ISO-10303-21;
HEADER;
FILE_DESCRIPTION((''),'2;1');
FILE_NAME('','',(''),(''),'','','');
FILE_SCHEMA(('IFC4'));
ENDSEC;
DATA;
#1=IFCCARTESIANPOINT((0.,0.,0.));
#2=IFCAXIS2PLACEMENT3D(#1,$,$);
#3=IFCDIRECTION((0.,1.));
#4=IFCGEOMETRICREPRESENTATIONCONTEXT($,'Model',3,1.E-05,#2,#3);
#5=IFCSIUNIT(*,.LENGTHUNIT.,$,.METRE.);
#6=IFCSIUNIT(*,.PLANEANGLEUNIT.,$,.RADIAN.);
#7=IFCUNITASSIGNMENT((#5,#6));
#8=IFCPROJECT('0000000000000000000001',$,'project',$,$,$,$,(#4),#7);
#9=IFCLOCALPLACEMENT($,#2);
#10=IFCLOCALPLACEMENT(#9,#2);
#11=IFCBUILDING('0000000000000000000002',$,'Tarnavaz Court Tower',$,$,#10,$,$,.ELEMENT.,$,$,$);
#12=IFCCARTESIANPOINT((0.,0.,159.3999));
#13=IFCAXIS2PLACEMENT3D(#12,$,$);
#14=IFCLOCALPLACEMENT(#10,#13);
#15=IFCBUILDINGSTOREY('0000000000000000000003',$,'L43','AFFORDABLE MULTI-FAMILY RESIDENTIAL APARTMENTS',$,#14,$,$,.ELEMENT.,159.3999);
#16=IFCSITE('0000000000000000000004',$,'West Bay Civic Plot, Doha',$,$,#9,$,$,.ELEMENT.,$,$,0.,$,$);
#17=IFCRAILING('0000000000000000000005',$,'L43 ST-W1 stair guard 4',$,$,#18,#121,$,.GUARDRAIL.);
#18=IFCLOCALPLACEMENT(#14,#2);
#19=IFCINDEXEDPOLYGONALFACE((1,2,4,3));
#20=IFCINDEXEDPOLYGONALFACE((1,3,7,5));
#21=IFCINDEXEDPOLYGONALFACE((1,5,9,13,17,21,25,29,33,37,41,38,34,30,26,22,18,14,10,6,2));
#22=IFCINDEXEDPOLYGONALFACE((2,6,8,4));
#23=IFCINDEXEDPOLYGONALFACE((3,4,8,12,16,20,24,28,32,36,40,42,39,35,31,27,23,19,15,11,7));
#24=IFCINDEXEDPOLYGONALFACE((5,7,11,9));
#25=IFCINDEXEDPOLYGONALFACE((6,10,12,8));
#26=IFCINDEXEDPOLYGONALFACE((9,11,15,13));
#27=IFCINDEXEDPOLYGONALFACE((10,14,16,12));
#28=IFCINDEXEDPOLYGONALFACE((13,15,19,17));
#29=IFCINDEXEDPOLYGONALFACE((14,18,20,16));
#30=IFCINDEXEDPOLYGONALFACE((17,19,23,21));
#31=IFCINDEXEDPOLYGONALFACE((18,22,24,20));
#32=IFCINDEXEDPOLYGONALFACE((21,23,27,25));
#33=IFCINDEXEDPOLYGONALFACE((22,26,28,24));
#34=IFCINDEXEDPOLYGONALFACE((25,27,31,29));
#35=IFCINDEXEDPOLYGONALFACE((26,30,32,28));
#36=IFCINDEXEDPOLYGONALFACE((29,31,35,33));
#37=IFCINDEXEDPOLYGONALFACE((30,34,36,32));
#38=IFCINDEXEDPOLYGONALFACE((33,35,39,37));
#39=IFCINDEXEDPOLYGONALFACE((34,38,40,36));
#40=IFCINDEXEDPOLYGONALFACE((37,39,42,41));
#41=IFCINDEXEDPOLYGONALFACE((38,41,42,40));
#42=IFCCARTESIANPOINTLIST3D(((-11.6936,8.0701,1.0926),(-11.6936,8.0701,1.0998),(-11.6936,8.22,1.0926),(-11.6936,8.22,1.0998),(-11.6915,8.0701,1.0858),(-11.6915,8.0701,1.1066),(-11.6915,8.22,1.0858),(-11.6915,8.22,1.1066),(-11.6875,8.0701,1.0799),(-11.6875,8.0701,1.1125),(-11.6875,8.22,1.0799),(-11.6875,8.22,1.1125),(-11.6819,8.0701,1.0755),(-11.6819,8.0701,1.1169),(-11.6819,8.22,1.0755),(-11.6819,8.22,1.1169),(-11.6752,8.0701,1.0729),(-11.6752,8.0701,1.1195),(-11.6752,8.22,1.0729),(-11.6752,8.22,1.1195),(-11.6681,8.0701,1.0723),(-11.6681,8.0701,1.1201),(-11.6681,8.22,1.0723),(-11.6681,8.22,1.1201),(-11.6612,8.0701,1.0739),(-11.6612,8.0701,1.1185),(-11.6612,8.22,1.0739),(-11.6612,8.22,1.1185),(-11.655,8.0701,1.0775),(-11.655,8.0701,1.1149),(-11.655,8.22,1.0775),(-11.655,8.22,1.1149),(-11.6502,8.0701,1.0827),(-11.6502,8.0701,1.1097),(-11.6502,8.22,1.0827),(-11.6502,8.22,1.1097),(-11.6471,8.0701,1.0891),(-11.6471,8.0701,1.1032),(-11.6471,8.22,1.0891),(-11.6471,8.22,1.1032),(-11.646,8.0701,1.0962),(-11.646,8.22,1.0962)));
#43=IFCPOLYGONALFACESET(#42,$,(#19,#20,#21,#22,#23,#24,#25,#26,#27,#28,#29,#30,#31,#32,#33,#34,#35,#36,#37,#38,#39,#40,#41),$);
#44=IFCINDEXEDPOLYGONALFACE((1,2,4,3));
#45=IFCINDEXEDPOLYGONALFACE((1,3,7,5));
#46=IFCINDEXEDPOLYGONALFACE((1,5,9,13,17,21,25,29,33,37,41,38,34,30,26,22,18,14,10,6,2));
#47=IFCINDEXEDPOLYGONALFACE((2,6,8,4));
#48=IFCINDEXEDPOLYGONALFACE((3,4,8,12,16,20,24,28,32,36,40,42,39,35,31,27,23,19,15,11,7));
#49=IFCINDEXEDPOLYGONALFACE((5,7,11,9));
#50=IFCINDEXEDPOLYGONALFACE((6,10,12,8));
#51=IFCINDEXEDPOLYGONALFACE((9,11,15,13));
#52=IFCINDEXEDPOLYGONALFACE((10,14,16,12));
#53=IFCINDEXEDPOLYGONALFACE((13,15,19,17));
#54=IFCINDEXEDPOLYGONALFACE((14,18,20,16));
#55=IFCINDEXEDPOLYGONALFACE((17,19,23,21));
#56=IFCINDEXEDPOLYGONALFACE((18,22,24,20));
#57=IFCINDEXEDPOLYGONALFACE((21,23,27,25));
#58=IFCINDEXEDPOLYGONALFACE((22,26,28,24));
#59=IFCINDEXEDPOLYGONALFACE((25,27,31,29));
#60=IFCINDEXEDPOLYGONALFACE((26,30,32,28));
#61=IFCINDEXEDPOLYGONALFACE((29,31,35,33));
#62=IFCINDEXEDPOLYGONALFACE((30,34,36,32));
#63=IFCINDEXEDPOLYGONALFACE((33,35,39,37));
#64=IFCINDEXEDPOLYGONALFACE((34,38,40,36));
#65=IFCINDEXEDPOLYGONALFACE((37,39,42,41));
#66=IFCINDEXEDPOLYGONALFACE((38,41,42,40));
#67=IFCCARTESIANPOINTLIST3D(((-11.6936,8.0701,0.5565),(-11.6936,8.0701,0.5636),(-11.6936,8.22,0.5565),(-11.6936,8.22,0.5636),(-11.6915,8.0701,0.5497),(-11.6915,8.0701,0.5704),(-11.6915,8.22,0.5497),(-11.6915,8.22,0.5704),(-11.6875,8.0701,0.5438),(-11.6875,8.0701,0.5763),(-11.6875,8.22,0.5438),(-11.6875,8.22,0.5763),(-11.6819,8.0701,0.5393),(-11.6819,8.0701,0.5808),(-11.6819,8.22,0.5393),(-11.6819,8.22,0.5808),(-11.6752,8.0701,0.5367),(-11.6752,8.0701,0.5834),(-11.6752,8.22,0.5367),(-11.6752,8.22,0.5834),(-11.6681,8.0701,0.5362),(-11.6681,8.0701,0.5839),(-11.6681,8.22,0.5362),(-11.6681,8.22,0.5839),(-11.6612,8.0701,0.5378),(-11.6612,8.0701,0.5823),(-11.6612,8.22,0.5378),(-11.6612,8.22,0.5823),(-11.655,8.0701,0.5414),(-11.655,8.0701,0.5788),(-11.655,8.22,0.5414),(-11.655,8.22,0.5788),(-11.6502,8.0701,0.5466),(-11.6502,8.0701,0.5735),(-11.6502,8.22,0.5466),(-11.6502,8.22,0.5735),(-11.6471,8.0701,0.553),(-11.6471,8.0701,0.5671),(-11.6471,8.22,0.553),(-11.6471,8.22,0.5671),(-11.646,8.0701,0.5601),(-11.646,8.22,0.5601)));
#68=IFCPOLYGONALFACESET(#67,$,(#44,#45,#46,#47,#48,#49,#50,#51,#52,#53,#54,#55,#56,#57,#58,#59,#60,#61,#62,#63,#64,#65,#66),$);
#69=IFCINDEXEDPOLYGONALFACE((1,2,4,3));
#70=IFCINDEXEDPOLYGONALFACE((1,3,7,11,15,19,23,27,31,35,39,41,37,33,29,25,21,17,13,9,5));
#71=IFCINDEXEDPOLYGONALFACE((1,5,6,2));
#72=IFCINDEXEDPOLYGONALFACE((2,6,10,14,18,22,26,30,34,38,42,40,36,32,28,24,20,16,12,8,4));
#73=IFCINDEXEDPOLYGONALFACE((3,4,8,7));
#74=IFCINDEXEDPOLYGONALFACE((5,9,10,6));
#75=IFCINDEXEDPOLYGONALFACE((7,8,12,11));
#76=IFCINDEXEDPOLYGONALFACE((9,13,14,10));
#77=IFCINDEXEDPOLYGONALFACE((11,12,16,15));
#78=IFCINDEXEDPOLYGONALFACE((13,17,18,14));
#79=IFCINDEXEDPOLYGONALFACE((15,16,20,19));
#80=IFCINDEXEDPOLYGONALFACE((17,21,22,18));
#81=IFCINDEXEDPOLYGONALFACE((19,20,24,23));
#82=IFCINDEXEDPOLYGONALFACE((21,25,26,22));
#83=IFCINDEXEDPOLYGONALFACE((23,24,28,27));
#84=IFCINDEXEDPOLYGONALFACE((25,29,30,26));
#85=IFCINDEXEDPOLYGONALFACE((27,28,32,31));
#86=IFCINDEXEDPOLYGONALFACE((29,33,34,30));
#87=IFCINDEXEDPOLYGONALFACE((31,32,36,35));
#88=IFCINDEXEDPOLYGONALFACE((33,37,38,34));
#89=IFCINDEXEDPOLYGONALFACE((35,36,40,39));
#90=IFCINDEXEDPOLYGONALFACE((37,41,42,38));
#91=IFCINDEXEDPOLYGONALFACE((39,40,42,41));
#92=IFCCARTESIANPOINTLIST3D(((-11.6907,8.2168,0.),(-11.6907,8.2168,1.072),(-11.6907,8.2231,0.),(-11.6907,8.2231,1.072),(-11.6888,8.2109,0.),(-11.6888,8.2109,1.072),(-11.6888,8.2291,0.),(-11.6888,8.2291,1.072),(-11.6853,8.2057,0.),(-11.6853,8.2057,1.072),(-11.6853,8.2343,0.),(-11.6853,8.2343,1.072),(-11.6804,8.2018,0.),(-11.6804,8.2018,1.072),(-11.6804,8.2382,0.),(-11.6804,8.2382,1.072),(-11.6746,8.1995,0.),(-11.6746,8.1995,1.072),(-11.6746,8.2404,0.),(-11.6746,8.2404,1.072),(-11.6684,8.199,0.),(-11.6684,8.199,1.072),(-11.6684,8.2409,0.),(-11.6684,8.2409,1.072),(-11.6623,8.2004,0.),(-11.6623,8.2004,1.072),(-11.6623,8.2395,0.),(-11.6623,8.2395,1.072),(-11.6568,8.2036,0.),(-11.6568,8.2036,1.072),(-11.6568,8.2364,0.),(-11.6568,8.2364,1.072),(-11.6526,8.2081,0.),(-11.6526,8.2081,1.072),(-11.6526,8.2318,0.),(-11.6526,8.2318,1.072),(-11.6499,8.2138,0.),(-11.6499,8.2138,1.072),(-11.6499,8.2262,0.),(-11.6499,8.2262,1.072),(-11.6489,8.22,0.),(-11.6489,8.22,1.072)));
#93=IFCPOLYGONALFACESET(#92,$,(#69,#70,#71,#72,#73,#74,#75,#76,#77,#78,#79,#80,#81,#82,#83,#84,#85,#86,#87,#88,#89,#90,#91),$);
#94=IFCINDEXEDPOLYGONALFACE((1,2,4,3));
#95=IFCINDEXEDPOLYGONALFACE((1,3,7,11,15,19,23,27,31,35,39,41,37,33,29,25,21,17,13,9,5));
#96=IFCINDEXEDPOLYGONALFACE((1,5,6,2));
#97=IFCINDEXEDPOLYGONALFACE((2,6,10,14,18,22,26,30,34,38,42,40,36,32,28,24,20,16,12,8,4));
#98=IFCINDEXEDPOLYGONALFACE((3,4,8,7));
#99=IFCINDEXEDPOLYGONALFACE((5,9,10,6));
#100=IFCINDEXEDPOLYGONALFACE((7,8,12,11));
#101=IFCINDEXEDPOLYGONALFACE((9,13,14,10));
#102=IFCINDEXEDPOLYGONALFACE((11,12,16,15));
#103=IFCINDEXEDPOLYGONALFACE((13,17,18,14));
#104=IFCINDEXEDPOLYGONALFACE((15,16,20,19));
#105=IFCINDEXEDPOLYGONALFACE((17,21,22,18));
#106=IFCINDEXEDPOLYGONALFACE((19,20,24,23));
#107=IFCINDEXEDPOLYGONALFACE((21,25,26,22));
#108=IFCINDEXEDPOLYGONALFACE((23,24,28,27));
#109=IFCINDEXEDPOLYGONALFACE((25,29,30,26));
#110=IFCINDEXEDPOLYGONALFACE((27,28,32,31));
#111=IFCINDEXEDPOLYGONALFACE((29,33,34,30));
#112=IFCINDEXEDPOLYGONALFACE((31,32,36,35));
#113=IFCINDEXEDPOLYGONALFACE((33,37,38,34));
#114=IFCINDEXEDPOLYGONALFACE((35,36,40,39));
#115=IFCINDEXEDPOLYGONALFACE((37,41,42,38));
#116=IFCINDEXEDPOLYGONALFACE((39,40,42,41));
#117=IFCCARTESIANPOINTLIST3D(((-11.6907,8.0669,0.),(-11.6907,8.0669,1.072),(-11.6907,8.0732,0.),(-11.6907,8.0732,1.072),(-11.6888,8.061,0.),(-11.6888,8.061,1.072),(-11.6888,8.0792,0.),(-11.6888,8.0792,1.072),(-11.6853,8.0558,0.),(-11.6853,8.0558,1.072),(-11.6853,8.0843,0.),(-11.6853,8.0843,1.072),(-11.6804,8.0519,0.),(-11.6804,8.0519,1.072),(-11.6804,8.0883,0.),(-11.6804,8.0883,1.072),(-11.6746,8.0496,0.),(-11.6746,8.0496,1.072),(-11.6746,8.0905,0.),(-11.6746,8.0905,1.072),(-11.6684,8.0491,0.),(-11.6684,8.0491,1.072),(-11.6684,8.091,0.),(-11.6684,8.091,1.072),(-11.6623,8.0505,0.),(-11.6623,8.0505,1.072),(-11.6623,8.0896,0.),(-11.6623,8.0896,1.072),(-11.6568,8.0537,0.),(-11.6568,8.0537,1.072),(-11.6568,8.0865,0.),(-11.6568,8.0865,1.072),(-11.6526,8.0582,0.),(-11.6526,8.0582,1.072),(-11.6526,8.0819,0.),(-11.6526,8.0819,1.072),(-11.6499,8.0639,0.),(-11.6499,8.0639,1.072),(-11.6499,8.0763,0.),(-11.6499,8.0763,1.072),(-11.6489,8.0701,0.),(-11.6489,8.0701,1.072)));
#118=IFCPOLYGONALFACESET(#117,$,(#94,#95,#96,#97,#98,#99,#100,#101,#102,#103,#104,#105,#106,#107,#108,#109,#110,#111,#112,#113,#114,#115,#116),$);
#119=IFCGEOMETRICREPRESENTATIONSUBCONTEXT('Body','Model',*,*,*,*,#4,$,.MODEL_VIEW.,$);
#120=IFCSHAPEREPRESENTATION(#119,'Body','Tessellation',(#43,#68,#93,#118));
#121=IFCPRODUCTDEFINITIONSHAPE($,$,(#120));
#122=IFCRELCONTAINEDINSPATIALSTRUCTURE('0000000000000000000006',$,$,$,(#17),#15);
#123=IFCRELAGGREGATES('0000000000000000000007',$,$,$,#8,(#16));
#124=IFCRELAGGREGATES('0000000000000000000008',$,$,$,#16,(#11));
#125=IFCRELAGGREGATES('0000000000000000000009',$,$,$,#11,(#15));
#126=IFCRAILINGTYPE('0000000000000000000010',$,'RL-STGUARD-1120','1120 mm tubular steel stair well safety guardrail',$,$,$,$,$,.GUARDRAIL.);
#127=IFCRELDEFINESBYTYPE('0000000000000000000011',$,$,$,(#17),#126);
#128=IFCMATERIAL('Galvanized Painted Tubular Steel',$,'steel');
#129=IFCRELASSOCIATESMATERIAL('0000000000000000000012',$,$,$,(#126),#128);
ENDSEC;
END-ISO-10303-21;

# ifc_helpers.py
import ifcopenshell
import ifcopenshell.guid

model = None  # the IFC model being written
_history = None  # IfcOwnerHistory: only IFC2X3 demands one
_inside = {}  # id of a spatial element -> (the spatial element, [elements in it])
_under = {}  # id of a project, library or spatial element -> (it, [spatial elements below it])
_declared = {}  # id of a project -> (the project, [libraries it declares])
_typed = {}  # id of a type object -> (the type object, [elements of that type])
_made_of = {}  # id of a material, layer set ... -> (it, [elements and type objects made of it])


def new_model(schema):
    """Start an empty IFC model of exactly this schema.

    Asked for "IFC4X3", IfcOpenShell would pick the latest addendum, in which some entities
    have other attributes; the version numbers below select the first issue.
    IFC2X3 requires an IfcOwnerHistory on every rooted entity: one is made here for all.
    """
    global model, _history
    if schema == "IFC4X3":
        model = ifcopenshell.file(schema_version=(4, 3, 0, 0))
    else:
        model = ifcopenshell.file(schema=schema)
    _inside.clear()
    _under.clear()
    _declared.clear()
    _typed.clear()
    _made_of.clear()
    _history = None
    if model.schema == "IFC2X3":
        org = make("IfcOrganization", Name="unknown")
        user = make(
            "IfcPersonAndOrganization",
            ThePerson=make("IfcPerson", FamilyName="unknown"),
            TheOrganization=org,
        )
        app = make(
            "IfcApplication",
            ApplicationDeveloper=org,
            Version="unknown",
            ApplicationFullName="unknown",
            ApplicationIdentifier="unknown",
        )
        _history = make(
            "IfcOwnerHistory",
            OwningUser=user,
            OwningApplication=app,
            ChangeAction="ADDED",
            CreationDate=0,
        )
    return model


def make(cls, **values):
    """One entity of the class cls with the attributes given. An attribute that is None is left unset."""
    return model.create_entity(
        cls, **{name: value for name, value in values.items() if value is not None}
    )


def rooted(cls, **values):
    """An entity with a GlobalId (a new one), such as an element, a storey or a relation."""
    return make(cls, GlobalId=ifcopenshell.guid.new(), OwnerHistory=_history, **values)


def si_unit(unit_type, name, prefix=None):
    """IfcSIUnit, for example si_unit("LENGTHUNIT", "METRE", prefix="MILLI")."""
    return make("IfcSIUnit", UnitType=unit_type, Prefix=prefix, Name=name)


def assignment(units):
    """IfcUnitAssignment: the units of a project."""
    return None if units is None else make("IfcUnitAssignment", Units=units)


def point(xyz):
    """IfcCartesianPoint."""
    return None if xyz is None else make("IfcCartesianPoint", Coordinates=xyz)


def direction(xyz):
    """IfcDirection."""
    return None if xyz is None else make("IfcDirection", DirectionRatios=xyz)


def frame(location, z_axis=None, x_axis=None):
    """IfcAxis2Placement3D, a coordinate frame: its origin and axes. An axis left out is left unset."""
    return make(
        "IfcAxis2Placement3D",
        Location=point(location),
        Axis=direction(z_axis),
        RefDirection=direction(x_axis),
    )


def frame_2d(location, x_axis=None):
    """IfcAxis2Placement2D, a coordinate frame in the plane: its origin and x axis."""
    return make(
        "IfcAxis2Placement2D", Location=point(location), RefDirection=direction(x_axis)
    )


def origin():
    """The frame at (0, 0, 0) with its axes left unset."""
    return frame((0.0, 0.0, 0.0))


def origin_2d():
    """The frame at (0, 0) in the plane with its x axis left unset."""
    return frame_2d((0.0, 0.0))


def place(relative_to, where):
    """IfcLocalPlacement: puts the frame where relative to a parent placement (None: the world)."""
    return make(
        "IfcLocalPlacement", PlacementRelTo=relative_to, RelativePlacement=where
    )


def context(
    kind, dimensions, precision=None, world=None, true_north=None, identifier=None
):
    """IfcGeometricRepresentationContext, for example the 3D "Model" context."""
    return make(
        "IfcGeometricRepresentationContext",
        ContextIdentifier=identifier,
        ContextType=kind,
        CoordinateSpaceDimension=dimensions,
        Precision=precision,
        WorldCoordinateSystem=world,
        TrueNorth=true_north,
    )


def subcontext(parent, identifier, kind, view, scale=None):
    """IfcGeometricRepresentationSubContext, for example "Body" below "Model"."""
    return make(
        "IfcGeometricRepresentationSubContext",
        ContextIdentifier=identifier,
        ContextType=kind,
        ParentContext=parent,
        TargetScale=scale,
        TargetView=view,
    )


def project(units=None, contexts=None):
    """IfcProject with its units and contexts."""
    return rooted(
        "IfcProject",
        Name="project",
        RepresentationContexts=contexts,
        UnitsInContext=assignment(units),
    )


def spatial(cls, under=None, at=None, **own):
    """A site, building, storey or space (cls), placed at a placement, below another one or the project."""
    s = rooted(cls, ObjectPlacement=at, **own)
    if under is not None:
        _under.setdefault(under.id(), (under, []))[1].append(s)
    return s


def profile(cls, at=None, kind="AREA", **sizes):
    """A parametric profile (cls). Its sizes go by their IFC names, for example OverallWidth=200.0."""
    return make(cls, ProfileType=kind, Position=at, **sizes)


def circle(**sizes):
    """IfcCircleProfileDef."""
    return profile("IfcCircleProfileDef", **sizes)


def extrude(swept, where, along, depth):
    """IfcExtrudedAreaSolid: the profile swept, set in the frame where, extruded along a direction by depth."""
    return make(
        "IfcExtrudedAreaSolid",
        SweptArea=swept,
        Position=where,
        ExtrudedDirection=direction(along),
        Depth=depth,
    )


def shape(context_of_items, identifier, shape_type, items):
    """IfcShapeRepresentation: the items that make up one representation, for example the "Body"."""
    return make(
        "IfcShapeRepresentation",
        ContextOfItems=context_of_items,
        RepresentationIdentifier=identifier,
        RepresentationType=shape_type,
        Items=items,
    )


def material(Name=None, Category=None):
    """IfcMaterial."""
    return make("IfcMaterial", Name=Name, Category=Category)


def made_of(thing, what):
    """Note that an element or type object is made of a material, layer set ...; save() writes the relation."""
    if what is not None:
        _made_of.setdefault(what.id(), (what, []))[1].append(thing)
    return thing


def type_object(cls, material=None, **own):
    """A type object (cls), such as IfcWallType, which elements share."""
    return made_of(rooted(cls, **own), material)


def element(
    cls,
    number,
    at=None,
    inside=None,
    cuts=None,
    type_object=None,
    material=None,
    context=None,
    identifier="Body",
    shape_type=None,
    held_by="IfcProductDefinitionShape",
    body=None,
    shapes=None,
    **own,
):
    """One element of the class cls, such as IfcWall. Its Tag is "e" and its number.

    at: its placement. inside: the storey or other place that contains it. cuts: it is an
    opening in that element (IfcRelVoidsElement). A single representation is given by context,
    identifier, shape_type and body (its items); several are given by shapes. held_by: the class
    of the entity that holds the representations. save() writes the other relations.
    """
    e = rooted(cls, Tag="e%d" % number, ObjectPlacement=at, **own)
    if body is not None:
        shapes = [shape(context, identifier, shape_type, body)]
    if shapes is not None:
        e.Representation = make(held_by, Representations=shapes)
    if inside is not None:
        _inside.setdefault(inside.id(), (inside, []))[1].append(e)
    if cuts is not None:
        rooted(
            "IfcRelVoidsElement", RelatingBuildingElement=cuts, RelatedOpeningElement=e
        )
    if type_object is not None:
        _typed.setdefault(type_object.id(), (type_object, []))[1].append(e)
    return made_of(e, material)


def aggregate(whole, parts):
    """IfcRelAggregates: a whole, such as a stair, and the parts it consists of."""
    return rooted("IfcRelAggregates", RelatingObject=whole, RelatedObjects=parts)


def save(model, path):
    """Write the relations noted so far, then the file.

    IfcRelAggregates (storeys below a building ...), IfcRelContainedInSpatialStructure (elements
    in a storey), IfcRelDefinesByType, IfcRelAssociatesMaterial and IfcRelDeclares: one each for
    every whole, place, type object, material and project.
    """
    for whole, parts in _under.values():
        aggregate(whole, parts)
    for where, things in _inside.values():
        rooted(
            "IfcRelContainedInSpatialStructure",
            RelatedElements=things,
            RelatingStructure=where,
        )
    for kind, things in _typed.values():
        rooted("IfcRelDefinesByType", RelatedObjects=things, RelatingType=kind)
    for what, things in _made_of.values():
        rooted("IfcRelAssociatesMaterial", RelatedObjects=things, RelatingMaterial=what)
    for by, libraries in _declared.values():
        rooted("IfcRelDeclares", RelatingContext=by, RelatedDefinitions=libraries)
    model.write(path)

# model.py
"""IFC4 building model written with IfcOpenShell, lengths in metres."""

from ifc_helpers import new_model, si_unit, direction, frame, origin, origin_2d, place, context, subcontext, project, spatial, circle, extrude, material, type_object, element, save


model = new_model("IFC4")

# Units and contexts
model_context = context("Model", 3, precision=1e-05, world=origin(), true_north=direction((0.0, 1.0)))
body_context = subcontext(model_context, "Body", "Model", "MODEL_VIEW")
ifc_project = project(units=[si_unit("LENGTHUNIT", "METRE"), si_unit("PLANEANGLEUNIT", "RADIAN")], contexts=[model_context])

# Site, building, storey
site_placement = place(None, origin())
site = spatial("IfcSite", under=ifc_project, at=site_placement, Name="West Bay Civic Plot, Doha", CompositionType="ELEMENT", RefElevation=0.0)
building_placement = place(site_placement, origin())
building = spatial("IfcBuilding", under=site, at=building_placement, Name="Tarnavaz Court Tower", CompositionType="ELEMENT")
storey_placement = place(building_placement, frame((0.0, 0.0, 159.3999)))
storey = spatial("IfcBuildingStorey", under=building, at=storey_placement, Name="L43", Description="AFFORDABLE MULTI-FAMILY RESIDENTIAL APARTMENTS", CompositionType="ELEMENT", Elevation=159.3999)

# Railing
ifc_material_1 = material(Name="Galvanized Painted Tubular Steel", Category="steel")
railing_type_1 = type_object("IfcRailingType", Name="RL-STGUARD-1120", Description="1120 mm tubular steel stair well safety guardrail", PredefinedType="GUARDRAIL", material=ifc_material_1)
railing_1_placement = place(storey_placement, frame((-11.6699, 8.22, 0.0)))
element("IfcRailing", 1, at=railing_1_placement, inside=storey, type_object=railing_type_1, Name="L43 ST-W1 stair guard 4", PredefinedType="GUARDRAIL", context=body_context, shape_type="SweptSolid", body=[
    extrude(circle(Radius=0.0239, at=origin_2d()), frame((0.0, 0.0, 1.0962), z_axis=(0.0, -1.0, 0.0), x_axis=(1.0, 0.0, 0.0)), (0.0, 0.0, 1.0), 0.1499),
    extrude(circle(Radius=0.0239, at=origin_2d()), frame((0.0, 0.0, 0.5601), z_axis=(0.0, -1.0, 0.0), x_axis=(1.0, 0.0, 0.0)), (0.0, 0.0, 1.0), 0.1499),
    extrude(circle(Radius=0.021, at=origin_2d()), origin(), (0.0, 0.0, 1.0), 1.072),
    extrude(circle(Radius=0.021, at=origin_2d()), frame((0.0, -0.1499, 0.0)), (0.0, 0.0, 1.0), 1.072),
])

save(model, "model.ifc")
